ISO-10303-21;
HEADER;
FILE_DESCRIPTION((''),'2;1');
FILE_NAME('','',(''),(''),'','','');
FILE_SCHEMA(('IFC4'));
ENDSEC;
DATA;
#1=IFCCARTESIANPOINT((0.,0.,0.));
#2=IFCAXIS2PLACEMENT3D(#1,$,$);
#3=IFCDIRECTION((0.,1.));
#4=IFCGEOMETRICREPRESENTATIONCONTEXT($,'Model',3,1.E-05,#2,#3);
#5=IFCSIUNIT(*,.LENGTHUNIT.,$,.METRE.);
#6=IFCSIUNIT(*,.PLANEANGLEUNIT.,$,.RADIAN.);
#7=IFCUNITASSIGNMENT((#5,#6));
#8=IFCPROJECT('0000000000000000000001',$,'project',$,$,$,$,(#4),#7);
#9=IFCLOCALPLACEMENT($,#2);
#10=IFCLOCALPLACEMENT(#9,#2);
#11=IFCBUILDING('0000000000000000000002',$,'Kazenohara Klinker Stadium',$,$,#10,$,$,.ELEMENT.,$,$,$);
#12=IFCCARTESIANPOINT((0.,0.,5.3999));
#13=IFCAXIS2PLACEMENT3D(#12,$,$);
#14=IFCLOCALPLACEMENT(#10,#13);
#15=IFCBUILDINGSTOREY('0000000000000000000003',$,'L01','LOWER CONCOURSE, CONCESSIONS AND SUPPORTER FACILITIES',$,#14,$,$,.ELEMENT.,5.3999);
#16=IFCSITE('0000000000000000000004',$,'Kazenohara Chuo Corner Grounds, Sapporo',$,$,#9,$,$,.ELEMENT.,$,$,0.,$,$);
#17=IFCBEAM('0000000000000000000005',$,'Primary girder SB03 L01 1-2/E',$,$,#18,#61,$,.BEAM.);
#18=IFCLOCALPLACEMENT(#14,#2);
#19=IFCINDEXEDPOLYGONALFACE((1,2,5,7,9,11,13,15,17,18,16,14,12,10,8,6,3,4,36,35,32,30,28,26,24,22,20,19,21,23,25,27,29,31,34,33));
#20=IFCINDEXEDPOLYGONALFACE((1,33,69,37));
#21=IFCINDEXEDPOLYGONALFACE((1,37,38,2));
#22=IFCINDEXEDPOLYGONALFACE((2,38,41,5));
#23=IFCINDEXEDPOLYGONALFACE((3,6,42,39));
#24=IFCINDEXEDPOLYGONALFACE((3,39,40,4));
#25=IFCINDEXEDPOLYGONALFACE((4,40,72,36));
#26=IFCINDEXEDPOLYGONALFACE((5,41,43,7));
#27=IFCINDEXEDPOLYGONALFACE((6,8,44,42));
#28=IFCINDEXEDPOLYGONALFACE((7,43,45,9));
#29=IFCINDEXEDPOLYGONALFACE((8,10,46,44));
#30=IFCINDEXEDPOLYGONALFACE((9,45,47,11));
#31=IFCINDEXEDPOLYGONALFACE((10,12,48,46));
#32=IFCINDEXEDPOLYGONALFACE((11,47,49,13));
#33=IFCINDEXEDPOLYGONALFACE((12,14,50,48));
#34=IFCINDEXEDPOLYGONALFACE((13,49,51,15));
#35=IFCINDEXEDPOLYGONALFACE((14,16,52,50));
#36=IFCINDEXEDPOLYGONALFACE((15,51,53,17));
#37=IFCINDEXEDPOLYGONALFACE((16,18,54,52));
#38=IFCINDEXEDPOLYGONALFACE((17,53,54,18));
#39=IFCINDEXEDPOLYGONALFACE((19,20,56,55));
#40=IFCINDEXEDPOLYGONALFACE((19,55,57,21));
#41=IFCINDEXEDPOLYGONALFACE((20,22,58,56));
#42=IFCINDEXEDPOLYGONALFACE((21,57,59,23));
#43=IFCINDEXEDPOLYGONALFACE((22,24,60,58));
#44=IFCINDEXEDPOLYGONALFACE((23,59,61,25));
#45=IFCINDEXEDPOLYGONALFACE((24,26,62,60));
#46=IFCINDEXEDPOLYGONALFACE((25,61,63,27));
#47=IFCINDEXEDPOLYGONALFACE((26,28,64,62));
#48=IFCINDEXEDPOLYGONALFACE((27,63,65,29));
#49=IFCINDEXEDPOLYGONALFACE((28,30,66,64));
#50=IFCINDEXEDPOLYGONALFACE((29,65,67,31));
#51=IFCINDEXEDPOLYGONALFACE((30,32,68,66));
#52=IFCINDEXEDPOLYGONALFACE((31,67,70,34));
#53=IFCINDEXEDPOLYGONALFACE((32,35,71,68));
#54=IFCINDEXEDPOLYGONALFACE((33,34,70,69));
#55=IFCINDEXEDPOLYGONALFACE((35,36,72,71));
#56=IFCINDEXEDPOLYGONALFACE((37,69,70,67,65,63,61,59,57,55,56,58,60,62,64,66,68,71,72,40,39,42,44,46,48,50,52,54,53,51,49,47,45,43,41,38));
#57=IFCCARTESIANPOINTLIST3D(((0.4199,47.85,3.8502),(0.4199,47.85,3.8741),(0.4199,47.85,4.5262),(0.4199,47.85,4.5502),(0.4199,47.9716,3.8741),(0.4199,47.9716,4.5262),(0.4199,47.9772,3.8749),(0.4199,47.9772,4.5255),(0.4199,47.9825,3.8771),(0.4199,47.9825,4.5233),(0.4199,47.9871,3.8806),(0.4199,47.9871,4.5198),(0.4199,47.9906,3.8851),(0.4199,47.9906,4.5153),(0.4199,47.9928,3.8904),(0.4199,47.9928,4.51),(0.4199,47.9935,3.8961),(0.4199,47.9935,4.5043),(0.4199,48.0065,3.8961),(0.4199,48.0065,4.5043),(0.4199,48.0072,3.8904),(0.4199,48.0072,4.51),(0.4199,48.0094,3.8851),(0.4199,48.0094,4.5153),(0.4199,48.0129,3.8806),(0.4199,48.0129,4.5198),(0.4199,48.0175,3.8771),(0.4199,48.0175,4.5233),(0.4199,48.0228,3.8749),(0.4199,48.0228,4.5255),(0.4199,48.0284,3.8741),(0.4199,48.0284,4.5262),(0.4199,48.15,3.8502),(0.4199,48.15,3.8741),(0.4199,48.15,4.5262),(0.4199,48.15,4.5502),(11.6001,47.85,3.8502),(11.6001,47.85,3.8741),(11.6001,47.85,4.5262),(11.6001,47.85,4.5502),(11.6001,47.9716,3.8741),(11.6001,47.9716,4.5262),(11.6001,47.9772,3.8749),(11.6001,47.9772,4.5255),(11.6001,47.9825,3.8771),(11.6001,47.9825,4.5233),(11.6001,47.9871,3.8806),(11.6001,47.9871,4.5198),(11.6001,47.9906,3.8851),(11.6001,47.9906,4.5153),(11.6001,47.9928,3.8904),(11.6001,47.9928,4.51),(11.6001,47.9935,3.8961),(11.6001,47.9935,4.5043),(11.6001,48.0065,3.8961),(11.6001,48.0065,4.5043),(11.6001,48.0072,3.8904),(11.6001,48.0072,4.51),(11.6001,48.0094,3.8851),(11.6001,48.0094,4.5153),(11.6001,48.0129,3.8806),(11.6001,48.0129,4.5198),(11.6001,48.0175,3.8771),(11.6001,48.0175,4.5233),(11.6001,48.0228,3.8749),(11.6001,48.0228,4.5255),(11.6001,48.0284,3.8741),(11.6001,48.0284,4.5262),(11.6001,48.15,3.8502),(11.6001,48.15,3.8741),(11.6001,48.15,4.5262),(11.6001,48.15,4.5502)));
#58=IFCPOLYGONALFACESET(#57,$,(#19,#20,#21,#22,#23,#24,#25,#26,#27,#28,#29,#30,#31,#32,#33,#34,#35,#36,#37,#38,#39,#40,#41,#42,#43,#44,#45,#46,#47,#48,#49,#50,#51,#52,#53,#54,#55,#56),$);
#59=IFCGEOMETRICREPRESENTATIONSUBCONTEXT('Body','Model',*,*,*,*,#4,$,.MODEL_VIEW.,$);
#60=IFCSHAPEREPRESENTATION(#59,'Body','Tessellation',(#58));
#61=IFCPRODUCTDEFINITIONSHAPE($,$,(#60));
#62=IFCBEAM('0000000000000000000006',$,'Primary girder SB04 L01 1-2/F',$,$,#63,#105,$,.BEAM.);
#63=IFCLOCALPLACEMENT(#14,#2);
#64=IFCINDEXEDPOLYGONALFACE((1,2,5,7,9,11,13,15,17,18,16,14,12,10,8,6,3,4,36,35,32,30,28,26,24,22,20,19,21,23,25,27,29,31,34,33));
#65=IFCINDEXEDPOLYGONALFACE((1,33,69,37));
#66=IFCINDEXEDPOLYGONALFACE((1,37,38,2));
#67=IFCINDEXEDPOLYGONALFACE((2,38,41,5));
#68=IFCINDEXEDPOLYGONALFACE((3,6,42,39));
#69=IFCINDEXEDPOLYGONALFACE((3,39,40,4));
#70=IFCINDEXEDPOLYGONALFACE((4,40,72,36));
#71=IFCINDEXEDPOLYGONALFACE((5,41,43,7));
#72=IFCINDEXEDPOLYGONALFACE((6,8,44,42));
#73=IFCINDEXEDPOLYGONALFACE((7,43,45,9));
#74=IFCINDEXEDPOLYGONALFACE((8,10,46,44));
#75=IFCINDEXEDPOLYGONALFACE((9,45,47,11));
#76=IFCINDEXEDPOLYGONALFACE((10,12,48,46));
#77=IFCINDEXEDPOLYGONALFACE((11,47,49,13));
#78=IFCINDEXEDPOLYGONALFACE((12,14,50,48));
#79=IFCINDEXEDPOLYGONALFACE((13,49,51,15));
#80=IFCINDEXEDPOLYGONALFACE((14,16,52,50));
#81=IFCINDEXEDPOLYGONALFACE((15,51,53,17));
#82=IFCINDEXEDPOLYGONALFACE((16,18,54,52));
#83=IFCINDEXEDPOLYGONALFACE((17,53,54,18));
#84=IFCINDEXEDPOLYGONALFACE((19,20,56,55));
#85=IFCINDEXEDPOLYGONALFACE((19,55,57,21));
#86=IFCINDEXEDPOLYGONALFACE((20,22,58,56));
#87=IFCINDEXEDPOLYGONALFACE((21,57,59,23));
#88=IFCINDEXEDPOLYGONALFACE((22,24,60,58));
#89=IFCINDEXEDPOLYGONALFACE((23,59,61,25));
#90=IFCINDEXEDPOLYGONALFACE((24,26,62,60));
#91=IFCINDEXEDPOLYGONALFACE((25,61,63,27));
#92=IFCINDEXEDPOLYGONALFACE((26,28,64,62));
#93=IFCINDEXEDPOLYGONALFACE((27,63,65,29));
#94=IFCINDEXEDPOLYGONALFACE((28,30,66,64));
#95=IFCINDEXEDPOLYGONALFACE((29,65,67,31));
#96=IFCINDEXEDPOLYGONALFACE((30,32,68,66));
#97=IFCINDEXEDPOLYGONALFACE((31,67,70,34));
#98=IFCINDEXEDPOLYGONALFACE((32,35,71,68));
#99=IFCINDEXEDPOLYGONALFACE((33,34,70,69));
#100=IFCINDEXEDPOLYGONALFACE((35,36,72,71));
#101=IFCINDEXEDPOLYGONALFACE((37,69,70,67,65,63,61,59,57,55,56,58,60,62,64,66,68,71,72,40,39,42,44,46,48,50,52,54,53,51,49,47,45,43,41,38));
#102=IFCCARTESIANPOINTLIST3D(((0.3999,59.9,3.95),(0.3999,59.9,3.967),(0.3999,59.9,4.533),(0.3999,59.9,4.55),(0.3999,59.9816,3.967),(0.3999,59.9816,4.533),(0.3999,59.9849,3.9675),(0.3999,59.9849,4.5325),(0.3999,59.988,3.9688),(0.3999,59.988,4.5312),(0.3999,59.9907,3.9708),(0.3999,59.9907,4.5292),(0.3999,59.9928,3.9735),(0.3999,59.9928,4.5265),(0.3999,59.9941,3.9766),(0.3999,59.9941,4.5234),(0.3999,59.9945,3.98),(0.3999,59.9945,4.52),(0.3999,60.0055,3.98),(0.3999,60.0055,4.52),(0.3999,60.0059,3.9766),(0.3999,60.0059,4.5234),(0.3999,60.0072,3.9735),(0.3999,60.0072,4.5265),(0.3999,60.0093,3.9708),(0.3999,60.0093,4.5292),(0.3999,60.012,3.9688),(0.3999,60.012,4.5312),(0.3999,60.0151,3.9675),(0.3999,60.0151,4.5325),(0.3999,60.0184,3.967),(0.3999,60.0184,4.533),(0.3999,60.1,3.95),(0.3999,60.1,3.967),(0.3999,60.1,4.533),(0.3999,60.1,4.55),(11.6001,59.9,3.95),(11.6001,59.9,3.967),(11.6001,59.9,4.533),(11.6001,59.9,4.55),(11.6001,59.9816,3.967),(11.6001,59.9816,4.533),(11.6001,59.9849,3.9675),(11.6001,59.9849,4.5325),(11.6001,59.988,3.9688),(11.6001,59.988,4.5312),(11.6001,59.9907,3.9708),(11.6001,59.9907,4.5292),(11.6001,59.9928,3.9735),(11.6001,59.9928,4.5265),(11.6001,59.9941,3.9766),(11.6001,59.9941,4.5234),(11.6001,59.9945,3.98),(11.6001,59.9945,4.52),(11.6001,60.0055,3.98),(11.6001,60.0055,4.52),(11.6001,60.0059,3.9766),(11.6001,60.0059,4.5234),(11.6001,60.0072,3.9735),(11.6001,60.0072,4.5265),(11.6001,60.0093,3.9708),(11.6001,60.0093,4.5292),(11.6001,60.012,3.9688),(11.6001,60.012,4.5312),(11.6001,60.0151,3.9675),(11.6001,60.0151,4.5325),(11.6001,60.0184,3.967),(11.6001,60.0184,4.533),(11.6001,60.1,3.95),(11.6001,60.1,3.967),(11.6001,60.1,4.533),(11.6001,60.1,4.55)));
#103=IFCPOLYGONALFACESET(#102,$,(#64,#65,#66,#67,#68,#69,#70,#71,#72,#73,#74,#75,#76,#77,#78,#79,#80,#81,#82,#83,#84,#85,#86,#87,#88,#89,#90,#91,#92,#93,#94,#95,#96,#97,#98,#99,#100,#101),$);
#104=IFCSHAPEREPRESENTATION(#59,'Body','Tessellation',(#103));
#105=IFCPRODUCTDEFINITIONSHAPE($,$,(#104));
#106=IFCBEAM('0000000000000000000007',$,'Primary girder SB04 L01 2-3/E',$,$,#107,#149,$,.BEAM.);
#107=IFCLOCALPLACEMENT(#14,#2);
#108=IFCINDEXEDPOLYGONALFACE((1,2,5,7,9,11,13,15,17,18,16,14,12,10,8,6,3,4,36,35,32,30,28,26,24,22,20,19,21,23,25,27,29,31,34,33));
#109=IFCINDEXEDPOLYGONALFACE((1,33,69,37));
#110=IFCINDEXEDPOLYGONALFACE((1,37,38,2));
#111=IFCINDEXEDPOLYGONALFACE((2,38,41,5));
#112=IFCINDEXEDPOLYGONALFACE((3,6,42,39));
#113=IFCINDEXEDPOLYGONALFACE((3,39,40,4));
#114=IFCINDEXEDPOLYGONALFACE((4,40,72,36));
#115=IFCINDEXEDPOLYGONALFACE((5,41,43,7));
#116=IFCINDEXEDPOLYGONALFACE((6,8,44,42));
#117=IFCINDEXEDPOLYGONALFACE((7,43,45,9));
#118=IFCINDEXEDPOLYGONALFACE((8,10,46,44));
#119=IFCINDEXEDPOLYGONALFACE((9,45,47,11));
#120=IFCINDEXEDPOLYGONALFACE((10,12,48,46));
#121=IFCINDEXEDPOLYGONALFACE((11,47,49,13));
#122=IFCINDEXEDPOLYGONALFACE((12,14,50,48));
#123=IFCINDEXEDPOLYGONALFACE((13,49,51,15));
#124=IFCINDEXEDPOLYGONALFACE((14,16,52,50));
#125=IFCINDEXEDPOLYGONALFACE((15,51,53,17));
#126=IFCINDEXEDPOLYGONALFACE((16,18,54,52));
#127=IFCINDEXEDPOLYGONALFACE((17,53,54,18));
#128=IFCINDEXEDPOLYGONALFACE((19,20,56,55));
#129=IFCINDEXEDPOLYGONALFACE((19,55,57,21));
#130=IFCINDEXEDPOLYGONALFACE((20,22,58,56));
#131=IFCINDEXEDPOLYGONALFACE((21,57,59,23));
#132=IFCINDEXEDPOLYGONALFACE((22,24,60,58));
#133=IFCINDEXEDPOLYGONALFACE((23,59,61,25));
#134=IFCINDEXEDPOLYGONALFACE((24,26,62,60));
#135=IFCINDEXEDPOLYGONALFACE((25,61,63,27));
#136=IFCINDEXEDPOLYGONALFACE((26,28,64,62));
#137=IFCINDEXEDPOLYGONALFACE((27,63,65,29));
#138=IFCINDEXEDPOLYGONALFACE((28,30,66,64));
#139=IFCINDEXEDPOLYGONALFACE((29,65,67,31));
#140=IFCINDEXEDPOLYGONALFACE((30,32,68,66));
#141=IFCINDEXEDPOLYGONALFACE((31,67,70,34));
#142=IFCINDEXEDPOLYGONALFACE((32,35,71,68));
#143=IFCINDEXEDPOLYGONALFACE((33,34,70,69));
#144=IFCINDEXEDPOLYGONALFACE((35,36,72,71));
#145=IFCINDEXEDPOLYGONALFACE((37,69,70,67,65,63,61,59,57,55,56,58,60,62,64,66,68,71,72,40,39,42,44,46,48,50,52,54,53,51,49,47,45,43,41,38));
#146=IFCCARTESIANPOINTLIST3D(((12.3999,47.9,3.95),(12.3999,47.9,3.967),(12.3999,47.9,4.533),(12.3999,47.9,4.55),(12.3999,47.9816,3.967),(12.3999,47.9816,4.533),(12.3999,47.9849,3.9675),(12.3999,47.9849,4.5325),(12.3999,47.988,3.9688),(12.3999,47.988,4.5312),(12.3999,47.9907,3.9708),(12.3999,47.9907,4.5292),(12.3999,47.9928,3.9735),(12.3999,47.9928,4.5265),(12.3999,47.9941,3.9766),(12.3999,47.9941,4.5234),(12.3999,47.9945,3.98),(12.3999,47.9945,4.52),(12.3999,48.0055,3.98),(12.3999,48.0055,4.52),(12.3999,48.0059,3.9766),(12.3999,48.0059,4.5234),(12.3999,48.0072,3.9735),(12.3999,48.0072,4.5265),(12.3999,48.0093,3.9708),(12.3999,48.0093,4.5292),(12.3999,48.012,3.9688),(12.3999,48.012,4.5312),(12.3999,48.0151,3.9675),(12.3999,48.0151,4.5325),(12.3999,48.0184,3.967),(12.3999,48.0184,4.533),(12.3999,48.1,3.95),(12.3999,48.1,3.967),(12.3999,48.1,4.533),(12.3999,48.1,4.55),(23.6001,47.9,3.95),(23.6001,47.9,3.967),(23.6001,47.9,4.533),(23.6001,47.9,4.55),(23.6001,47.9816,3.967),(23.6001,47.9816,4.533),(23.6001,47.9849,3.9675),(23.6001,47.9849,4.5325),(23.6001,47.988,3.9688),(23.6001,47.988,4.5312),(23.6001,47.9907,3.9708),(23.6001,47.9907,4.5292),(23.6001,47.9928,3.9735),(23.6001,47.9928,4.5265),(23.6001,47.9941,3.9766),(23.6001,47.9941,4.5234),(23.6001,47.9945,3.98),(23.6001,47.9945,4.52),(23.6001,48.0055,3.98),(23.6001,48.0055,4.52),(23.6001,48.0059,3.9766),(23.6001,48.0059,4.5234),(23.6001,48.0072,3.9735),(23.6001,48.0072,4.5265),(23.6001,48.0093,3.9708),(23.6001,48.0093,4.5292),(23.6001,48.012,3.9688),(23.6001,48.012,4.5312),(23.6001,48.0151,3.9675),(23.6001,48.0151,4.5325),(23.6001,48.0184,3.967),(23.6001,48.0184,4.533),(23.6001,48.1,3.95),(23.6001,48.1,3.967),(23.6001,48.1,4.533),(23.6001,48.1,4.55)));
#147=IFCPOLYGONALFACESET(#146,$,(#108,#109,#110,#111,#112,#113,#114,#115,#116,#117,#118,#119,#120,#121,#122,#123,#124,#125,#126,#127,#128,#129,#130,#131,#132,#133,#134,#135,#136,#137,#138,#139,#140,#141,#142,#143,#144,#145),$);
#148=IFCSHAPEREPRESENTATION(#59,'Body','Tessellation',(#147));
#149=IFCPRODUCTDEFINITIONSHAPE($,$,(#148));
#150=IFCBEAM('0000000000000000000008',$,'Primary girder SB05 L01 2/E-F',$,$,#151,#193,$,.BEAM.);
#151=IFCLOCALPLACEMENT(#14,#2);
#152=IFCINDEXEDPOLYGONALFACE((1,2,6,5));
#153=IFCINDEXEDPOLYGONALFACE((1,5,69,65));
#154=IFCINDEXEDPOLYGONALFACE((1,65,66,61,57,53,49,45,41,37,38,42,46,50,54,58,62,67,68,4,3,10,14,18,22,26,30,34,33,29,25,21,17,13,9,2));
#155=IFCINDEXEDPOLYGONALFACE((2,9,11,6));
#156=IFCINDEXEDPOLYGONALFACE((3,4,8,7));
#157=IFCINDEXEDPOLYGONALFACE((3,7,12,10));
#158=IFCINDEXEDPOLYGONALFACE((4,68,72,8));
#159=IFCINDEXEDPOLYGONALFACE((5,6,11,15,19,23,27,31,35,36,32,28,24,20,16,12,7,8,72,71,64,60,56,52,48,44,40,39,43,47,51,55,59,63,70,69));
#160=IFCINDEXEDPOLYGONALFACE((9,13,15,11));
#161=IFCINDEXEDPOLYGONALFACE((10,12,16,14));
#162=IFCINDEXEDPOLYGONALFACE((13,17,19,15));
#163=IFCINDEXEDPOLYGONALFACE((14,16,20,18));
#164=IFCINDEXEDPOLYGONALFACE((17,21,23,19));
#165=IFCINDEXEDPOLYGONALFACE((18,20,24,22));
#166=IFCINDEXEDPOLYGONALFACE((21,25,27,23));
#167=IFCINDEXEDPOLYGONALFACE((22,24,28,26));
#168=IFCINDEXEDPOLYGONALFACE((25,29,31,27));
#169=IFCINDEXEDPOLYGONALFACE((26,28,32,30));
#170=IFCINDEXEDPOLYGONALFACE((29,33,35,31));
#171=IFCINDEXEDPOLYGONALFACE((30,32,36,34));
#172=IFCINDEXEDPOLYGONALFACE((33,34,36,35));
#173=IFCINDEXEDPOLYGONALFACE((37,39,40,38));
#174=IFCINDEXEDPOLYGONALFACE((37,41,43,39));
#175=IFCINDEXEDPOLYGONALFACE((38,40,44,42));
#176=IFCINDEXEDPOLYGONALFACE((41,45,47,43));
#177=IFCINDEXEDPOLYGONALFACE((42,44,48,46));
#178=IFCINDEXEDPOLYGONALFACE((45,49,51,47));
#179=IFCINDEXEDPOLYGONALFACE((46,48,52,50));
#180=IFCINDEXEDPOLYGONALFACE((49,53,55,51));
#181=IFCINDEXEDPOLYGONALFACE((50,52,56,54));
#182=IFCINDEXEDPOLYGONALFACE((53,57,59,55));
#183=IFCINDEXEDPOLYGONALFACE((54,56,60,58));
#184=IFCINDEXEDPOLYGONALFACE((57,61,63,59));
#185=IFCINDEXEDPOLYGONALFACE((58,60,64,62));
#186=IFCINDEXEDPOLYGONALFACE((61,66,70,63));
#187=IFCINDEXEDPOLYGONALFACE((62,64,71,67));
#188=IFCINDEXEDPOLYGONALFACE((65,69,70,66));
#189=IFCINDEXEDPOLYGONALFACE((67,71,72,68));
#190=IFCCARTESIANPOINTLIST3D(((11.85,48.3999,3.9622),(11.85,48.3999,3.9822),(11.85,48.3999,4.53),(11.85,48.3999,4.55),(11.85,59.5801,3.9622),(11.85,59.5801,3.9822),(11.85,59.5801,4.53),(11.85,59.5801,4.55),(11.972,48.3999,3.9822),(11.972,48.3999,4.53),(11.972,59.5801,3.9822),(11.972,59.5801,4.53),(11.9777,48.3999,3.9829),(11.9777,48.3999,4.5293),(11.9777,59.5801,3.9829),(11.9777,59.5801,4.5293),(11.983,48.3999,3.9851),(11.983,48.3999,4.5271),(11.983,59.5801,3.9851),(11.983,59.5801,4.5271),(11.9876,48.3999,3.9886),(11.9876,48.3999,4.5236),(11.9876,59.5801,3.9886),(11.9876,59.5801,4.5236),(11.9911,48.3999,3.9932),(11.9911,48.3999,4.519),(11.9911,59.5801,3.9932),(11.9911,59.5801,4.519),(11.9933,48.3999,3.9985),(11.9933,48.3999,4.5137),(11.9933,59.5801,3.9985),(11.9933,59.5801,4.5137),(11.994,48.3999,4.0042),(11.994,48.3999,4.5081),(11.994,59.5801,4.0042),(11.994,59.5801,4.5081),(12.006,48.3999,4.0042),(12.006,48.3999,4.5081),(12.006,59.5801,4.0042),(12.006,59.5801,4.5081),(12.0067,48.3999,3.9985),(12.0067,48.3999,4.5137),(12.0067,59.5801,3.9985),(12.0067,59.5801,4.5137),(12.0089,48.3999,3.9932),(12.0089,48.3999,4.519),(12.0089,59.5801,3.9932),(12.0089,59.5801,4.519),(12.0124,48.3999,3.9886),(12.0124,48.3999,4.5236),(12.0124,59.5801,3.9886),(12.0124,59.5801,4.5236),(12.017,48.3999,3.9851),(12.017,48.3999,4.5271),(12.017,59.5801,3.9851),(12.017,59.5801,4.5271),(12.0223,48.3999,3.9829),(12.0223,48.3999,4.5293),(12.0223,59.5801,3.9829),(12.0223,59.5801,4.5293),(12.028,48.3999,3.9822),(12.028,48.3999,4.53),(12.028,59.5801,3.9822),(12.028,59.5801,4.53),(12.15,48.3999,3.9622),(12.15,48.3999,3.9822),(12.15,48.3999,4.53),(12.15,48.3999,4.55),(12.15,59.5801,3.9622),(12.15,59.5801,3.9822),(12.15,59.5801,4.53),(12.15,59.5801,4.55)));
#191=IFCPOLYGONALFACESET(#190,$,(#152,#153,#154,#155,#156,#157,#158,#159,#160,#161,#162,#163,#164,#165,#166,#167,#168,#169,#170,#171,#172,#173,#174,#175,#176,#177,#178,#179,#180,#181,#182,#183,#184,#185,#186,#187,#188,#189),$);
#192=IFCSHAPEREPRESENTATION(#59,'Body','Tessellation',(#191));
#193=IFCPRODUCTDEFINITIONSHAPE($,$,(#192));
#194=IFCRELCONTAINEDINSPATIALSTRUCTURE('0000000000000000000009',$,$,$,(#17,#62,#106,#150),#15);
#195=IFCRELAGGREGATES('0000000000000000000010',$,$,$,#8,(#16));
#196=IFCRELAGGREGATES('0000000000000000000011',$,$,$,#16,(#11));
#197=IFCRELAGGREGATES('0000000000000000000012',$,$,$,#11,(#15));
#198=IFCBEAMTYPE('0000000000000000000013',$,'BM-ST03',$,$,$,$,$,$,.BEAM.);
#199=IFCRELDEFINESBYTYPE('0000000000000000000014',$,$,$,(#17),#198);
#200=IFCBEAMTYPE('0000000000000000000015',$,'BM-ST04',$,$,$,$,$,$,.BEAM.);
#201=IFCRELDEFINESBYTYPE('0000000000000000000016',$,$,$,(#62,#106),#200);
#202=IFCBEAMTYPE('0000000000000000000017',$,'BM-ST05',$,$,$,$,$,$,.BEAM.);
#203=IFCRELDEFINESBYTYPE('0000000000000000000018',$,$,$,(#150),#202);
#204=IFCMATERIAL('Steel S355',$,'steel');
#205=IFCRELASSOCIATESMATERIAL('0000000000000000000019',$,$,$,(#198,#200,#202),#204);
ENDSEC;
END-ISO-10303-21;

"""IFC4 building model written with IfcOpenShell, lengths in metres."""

from ifc_helpers import new_model, si_unit, direction, frame, origin, origin_2d, place, context, subcontext, project, spatial, i_section, extrude, material, material_profile, profile_set, type_object, element, save


model = new_model("IFC4")

# Units and contexts
model_context = context("Model", 3, precision=1e-05, world=origin(), true_north=direction((0.0, 1.0)))
body_context = subcontext(model_context, "Body", "Model", "MODEL_VIEW")
ifc_project = project(units=[si_unit("LENGTHUNIT", "METRE"), si_unit("PLANEANGLEUNIT", "RADIAN")], contexts=[model_context])

# Site, building, storey
site_placement = place(None, origin())
site = spatial("IfcSite", under=ifc_project, at=site_placement, Name="Kazenohara Chuo Corner Grounds, Sapporo", CompositionType="ELEMENT", RefElevation=0.0)
building_placement = place(site_placement, origin())
building = spatial("IfcBuilding", under=site, at=building_placement, Name="Kazenohara Klinker Stadium", CompositionType="ELEMENT")
storey_placement = place(building_placement, frame((0.0, 0.0, 5.3999)))
storey = spatial("IfcBuildingStorey", under=building, at=storey_placement, Name="L01", Description="LOWER CONCOURSE, CONCESSIONS AND SUPPORTER FACILITIES", CompositionType="ELEMENT", Elevation=5.3999)

# Beams
ifc_material_1 = material(Name="Steel S355", Category="steel")
ifc_material_profile_1 = material_profile(ifc_material_1, i_section(OverallWidth=0.3, OverallDepth=0.7, WebThickness=0.0129, FlangeThickness=0.0239, FilletRadius=0.022, at=origin_2d()), Name="H-700x300x13x24")
ifc_profile_set_1 = profile_set([ifc_material_profile_1], Name="Steel S355")
beam_type_1 = type_object("IfcBeamType", Name="BM-ST03", PredefinedType="BEAM", material=ifc_profile_set_1)
beam_1_placement = place(storey_placement, frame((0.4199, 48.0, 4.2002), z_axis=(1.0, 0.0, 0.0), x_axis=(0.0, 1.0, 0.0)))
element("IfcBeam", 1, at=beam_1_placement, inside=storey, type_object=beam_type_1, Name="Primary girder SB03 L01 1-2/E", PredefinedType="BEAM", context=body_context, shape_type="SweptSolid", body=[
    extrude(i_section(OverallWidth=0.3, OverallDepth=0.7, WebThickness=0.0129, FlangeThickness=0.0239, FilletRadius=0.022, at=origin_2d()), origin(), (0.0, 0.0, 1.0), 11.1802),
])
ifc_material_profile_2 = material_profile(ifc_material_1, i_section(OverallWidth=0.2, OverallDepth=0.6001, WebThickness=0.011, FlangeThickness=0.0171, FilletRadius=0.0129, at=origin_2d()), Name="H-600x200x11x17")
ifc_profile_set_2 = profile_set([ifc_material_profile_2], Name="Steel S355")
beam_type_2 = type_object("IfcBeamType", Name="BM-ST04", PredefinedType="BEAM", material=ifc_profile_set_2)
for number, where, z_axis, x_axis, name in (
    (2, (0.3999, 60.0, 4.25), (1.0, 0.0, 0.0), (0.0, 1.0, 0.0), "Primary girder SB04 L01 1-2/F"),
    (3, (12.3999, 48.0, 4.25), (1.0, 0.0, 0.0), (0.0, 1.0, 0.0), "Primary girder SB04 L01 2-3/E"),
):
    element("IfcBeam", number, at=place(storey_placement, frame(where, z_axis=z_axis, x_axis=x_axis)), inside=storey, type_object=beam_type_2, Name=name, PredefinedType="BEAM", context=body_context, shape_type="SweptSolid", body=[
        extrude(i_section(OverallWidth=0.2, OverallDepth=0.6001, WebThickness=0.011, FlangeThickness=0.0171, FilletRadius=0.0129, at=origin_2d()), origin(), (0.0, 0.0, 1.0), 11.2002),
    ])
ifc_material_profile_3 = material_profile(ifc_material_1, i_section(OverallWidth=0.3, OverallDepth=0.5879, WebThickness=0.012, FlangeThickness=0.02, FilletRadius=0.022, at=origin_2d()), Name="H-588x300x12x20")
ifc_profile_set_3 = profile_set([ifc_material_profile_3], Name="Steel S355")
beam_type_3 = type_object("IfcBeamType", Name="BM-ST05", PredefinedType="BEAM", material=ifc_profile_set_3)
beam_2_placement = place(storey_placement, frame((12.0, 48.3999, 4.2561), z_axis=(0.0, 1.0, 0.0), x_axis=(-1.0, 0.0, 0.0)))
element("IfcBeam", 4, at=beam_2_placement, inside=storey, type_object=beam_type_3, Name="Primary girder SB05 L01 2/E-F", PredefinedType="BEAM", context=body_context, shape_type="SweptSolid", body=[
    extrude(i_section(OverallWidth=0.3, OverallDepth=0.5879, WebThickness=0.012, FlangeThickness=0.02, FilletRadius=0.022, at=origin_2d()), origin(), (0.0, 0.0, 1.0), 11.1802),
])

save(model, "model.ifc")
